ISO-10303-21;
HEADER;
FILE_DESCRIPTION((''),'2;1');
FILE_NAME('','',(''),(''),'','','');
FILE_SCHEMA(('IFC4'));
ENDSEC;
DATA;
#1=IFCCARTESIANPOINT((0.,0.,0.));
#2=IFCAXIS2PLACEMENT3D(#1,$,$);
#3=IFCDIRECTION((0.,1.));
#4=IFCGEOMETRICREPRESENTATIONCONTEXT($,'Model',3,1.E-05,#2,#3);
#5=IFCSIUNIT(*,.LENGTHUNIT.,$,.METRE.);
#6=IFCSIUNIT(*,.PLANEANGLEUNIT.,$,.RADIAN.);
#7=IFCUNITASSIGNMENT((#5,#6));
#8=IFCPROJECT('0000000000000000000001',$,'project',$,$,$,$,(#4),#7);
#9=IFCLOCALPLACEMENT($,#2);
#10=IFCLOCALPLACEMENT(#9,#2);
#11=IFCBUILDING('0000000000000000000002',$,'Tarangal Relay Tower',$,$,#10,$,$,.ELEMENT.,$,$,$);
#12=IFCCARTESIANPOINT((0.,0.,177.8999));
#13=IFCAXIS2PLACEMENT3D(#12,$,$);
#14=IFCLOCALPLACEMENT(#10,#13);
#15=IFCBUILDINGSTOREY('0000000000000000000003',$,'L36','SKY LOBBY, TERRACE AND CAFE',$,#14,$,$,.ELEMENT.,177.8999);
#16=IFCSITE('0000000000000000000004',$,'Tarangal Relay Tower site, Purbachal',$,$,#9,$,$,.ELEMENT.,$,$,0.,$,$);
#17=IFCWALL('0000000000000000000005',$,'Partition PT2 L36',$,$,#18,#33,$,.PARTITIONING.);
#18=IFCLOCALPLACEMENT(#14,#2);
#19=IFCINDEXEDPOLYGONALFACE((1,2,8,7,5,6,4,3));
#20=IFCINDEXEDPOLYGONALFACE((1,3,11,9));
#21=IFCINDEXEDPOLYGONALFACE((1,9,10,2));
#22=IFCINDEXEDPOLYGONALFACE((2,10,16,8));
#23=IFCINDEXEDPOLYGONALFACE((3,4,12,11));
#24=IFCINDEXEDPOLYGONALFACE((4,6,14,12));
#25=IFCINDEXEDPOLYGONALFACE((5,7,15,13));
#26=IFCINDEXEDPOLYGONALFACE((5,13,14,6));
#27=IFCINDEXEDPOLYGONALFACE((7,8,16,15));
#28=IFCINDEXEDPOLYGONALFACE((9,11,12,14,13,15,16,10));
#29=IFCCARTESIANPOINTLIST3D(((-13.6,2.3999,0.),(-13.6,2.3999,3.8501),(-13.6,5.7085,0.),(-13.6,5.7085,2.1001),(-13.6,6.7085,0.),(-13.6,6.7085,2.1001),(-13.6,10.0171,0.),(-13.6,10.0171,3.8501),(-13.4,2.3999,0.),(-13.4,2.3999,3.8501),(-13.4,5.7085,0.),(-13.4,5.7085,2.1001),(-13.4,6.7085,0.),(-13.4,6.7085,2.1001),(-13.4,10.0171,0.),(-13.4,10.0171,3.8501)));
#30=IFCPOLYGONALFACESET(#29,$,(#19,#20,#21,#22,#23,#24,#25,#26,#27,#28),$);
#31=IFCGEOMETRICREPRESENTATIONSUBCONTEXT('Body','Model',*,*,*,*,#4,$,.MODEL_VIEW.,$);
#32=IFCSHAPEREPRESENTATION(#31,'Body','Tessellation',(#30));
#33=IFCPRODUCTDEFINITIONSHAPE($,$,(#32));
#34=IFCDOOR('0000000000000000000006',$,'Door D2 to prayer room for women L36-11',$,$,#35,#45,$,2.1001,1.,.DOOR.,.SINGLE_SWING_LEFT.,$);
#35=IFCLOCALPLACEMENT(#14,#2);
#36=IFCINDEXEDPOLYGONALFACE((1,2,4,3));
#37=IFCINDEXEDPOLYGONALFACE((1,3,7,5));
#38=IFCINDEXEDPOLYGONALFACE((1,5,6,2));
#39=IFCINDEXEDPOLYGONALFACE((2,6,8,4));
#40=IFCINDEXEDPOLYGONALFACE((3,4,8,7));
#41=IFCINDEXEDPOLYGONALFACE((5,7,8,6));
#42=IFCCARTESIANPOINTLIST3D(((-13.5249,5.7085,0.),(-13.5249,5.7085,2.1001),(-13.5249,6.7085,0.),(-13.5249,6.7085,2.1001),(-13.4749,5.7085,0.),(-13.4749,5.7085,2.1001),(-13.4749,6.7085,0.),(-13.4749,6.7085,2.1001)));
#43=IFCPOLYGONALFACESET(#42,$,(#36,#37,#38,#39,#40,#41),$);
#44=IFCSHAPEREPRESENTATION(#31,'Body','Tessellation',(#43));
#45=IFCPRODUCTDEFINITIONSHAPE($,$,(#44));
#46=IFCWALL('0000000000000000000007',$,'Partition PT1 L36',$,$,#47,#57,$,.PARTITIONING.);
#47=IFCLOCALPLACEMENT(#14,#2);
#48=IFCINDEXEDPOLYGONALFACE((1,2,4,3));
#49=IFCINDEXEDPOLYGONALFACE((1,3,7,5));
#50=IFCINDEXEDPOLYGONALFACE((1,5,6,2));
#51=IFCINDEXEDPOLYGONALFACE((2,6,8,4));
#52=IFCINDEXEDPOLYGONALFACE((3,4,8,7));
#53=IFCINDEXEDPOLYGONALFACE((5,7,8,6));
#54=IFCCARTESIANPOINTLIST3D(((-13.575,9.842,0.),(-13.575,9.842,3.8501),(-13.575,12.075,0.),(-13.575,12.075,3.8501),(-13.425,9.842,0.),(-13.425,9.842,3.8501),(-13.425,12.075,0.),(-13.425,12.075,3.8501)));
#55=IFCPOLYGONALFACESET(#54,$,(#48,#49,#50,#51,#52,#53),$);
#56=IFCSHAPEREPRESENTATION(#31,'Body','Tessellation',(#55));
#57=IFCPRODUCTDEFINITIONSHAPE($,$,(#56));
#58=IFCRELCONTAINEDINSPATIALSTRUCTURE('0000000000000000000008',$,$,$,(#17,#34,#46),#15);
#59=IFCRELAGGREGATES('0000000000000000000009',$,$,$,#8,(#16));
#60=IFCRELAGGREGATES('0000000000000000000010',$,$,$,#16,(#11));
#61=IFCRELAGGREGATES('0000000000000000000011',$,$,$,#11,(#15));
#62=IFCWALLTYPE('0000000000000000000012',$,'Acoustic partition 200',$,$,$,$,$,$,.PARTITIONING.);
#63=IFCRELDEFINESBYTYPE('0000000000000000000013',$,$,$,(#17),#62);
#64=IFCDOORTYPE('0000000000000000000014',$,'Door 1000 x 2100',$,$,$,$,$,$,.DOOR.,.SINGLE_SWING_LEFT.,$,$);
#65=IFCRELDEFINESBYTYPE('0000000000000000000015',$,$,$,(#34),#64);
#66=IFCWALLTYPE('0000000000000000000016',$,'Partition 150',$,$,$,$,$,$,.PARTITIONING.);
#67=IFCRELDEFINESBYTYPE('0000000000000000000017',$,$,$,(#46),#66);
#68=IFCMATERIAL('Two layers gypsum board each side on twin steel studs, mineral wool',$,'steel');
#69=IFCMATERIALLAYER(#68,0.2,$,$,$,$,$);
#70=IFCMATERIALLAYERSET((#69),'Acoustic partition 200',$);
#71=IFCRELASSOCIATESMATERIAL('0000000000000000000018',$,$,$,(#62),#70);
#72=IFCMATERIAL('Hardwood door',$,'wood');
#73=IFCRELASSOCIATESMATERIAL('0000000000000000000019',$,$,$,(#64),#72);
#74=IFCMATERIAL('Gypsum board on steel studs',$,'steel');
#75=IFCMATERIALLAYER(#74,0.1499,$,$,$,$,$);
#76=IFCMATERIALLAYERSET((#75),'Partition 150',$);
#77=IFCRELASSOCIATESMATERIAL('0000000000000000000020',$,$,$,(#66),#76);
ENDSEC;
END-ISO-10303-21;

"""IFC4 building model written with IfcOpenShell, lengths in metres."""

from ifc_helpers import new_model, si_unit, direction, frame, frame_2d, origin, place, context, subcontext, project, spatial, rectangle, extrude, material, layer, layer_set, type_object, element, fill, save


model = new_model("IFC4")

# Units and contexts
model_context = context("Model", 3, precision=1e-05, world=origin(), true_north=direction((0.0, 1.0)))
body_context = subcontext(model_context, "Body", "Model", "MODEL_VIEW")
ifc_project = project(units=[si_unit("LENGTHUNIT", "METRE"), si_unit("PLANEANGLEUNIT", "RADIAN")], contexts=[model_context])

# Site, building, storey
site_placement = place(None, origin())
site = spatial("IfcSite", under=ifc_project, at=site_placement, Name="Tarangal Relay Tower site, Purbachal", CompositionType="ELEMENT", RefElevation=0.0)
building_placement = place(site_placement, origin())
building = spatial("IfcBuilding", under=site, at=building_placement, Name="Tarangal Relay Tower", CompositionType="ELEMENT")
storey_placement = place(building_placement, frame((0.0, 0.0, 177.8999)))
storey = spatial("IfcBuildingStorey", under=building, at=storey_placement, Name="L36", Description="SKY LOBBY, TERRACE AND CAFE", CompositionType="ELEMENT", Elevation=177.8999)

# Shared definitions
ifc_material_1 = material(Name="Two layers gypsum board each side on twin steel studs, mineral wool", Category="steel")
ifc_layer_1 = layer(ifc_material_1, 0.2)
ifc_layer_set_1 = layer_set([ifc_layer_1], Name="Acoustic partition 200")
wall_type_1 = type_object("IfcWallType", Name="Acoustic partition 200", PredefinedType="PARTITIONING", material=ifc_layer_set_1)

# Wall, opening, door
wall_1_placement = place(storey_placement, frame((-13.5, 2.3999, 0.0), z_axis=(0.0, 0.0, 1.0), x_axis=(0.0, 1.0, 0.0)))
wall_1 = element("IfcWall", 1, at=wall_1_placement, inside=storey, type_object=wall_type_1, Name="Partition PT2 L36", PredefinedType="PARTITIONING", context=body_context, shape_type="SweptSolid", body=[
    extrude(rectangle(XDim=7.6172, YDim=0.2, at=frame_2d((3.8086, 0.0))), origin(), (0.0, 0.0, 1.0), 3.8501),
])
opening_placement = place(wall_1_placement, frame((3.3086, 0.0, 0.0)))
opening = element("IfcOpeningElement", 2, at=opening_placement, cuts=wall_1, PredefinedType="OPENING", context=body_context, shape_type="SweptSolid", body=[
    extrude(rectangle(XDim=1.0, YDim=2.1001, at=frame_2d((0.5, 1.05))), frame((0.0, 0.1099, 0.0), z_axis=(0.0, -1.0, 0.0), x_axis=(1.0, 0.0, 0.0)), (0.0, 0.0, 1.0), 0.22),
])
ifc_material_2 = material(Name="Hardwood door", Category="wood")
door_type = type_object("IfcDoorType", Name="Door 1000 x 2100", OperationType="SINGLE_SWING_LEFT", PredefinedType="DOOR", material=ifc_material_2)
door_placement = place(opening_placement, origin())
door = element("IfcDoor", 3, at=door_placement, inside=storey, type_object=door_type, Name="Door D2 to prayer room for women L36-11", OperationType="SINGLE_SWING_LEFT", OverallHeight=2.1001, OverallWidth=1.0, PredefinedType="DOOR", context=body_context, shape_type="SweptSolid", body=[
    extrude(rectangle(XDim=1.0, YDim=2.1001, at=frame_2d((0.5, 1.05))), frame((0.0, 0.0249, 0.0), z_axis=(0.0, -1.0, 0.0), x_axis=(1.0, 0.0, 0.0)), (0.0, 0.0, 1.0), 0.05),
])
fill(opening, door)

# Wall
ifc_material_3 = material(Name="Gypsum board on steel studs", Category="steel")
ifc_layer_2 = layer(ifc_material_3, 0.1499)
ifc_layer_set_2 = layer_set([ifc_layer_2], Name="Partition 150")
wall_type_2 = type_object("IfcWallType", Name="Partition 150", PredefinedType="PARTITIONING", material=ifc_layer_set_2)
wall_2_placement = place(storey_placement, frame((-13.5, 9.842, 0.0), z_axis=(0.0, 0.0, 1.0), x_axis=(0.0, 1.0, 0.0)))
element("IfcWall", 4, at=wall_2_placement, inside=storey, type_object=wall_type_2, Name="Partition PT1 L36", PredefinedType="PARTITIONING", context=body_context, shape_type="SweptSolid", body=[
    extrude(rectangle(XDim=2.2329, YDim=0.1499, at=frame_2d((1.1165, 0.0))), origin(), (0.0, 0.0, 1.0), 3.8501),
])

save(model, "model.ifc")
